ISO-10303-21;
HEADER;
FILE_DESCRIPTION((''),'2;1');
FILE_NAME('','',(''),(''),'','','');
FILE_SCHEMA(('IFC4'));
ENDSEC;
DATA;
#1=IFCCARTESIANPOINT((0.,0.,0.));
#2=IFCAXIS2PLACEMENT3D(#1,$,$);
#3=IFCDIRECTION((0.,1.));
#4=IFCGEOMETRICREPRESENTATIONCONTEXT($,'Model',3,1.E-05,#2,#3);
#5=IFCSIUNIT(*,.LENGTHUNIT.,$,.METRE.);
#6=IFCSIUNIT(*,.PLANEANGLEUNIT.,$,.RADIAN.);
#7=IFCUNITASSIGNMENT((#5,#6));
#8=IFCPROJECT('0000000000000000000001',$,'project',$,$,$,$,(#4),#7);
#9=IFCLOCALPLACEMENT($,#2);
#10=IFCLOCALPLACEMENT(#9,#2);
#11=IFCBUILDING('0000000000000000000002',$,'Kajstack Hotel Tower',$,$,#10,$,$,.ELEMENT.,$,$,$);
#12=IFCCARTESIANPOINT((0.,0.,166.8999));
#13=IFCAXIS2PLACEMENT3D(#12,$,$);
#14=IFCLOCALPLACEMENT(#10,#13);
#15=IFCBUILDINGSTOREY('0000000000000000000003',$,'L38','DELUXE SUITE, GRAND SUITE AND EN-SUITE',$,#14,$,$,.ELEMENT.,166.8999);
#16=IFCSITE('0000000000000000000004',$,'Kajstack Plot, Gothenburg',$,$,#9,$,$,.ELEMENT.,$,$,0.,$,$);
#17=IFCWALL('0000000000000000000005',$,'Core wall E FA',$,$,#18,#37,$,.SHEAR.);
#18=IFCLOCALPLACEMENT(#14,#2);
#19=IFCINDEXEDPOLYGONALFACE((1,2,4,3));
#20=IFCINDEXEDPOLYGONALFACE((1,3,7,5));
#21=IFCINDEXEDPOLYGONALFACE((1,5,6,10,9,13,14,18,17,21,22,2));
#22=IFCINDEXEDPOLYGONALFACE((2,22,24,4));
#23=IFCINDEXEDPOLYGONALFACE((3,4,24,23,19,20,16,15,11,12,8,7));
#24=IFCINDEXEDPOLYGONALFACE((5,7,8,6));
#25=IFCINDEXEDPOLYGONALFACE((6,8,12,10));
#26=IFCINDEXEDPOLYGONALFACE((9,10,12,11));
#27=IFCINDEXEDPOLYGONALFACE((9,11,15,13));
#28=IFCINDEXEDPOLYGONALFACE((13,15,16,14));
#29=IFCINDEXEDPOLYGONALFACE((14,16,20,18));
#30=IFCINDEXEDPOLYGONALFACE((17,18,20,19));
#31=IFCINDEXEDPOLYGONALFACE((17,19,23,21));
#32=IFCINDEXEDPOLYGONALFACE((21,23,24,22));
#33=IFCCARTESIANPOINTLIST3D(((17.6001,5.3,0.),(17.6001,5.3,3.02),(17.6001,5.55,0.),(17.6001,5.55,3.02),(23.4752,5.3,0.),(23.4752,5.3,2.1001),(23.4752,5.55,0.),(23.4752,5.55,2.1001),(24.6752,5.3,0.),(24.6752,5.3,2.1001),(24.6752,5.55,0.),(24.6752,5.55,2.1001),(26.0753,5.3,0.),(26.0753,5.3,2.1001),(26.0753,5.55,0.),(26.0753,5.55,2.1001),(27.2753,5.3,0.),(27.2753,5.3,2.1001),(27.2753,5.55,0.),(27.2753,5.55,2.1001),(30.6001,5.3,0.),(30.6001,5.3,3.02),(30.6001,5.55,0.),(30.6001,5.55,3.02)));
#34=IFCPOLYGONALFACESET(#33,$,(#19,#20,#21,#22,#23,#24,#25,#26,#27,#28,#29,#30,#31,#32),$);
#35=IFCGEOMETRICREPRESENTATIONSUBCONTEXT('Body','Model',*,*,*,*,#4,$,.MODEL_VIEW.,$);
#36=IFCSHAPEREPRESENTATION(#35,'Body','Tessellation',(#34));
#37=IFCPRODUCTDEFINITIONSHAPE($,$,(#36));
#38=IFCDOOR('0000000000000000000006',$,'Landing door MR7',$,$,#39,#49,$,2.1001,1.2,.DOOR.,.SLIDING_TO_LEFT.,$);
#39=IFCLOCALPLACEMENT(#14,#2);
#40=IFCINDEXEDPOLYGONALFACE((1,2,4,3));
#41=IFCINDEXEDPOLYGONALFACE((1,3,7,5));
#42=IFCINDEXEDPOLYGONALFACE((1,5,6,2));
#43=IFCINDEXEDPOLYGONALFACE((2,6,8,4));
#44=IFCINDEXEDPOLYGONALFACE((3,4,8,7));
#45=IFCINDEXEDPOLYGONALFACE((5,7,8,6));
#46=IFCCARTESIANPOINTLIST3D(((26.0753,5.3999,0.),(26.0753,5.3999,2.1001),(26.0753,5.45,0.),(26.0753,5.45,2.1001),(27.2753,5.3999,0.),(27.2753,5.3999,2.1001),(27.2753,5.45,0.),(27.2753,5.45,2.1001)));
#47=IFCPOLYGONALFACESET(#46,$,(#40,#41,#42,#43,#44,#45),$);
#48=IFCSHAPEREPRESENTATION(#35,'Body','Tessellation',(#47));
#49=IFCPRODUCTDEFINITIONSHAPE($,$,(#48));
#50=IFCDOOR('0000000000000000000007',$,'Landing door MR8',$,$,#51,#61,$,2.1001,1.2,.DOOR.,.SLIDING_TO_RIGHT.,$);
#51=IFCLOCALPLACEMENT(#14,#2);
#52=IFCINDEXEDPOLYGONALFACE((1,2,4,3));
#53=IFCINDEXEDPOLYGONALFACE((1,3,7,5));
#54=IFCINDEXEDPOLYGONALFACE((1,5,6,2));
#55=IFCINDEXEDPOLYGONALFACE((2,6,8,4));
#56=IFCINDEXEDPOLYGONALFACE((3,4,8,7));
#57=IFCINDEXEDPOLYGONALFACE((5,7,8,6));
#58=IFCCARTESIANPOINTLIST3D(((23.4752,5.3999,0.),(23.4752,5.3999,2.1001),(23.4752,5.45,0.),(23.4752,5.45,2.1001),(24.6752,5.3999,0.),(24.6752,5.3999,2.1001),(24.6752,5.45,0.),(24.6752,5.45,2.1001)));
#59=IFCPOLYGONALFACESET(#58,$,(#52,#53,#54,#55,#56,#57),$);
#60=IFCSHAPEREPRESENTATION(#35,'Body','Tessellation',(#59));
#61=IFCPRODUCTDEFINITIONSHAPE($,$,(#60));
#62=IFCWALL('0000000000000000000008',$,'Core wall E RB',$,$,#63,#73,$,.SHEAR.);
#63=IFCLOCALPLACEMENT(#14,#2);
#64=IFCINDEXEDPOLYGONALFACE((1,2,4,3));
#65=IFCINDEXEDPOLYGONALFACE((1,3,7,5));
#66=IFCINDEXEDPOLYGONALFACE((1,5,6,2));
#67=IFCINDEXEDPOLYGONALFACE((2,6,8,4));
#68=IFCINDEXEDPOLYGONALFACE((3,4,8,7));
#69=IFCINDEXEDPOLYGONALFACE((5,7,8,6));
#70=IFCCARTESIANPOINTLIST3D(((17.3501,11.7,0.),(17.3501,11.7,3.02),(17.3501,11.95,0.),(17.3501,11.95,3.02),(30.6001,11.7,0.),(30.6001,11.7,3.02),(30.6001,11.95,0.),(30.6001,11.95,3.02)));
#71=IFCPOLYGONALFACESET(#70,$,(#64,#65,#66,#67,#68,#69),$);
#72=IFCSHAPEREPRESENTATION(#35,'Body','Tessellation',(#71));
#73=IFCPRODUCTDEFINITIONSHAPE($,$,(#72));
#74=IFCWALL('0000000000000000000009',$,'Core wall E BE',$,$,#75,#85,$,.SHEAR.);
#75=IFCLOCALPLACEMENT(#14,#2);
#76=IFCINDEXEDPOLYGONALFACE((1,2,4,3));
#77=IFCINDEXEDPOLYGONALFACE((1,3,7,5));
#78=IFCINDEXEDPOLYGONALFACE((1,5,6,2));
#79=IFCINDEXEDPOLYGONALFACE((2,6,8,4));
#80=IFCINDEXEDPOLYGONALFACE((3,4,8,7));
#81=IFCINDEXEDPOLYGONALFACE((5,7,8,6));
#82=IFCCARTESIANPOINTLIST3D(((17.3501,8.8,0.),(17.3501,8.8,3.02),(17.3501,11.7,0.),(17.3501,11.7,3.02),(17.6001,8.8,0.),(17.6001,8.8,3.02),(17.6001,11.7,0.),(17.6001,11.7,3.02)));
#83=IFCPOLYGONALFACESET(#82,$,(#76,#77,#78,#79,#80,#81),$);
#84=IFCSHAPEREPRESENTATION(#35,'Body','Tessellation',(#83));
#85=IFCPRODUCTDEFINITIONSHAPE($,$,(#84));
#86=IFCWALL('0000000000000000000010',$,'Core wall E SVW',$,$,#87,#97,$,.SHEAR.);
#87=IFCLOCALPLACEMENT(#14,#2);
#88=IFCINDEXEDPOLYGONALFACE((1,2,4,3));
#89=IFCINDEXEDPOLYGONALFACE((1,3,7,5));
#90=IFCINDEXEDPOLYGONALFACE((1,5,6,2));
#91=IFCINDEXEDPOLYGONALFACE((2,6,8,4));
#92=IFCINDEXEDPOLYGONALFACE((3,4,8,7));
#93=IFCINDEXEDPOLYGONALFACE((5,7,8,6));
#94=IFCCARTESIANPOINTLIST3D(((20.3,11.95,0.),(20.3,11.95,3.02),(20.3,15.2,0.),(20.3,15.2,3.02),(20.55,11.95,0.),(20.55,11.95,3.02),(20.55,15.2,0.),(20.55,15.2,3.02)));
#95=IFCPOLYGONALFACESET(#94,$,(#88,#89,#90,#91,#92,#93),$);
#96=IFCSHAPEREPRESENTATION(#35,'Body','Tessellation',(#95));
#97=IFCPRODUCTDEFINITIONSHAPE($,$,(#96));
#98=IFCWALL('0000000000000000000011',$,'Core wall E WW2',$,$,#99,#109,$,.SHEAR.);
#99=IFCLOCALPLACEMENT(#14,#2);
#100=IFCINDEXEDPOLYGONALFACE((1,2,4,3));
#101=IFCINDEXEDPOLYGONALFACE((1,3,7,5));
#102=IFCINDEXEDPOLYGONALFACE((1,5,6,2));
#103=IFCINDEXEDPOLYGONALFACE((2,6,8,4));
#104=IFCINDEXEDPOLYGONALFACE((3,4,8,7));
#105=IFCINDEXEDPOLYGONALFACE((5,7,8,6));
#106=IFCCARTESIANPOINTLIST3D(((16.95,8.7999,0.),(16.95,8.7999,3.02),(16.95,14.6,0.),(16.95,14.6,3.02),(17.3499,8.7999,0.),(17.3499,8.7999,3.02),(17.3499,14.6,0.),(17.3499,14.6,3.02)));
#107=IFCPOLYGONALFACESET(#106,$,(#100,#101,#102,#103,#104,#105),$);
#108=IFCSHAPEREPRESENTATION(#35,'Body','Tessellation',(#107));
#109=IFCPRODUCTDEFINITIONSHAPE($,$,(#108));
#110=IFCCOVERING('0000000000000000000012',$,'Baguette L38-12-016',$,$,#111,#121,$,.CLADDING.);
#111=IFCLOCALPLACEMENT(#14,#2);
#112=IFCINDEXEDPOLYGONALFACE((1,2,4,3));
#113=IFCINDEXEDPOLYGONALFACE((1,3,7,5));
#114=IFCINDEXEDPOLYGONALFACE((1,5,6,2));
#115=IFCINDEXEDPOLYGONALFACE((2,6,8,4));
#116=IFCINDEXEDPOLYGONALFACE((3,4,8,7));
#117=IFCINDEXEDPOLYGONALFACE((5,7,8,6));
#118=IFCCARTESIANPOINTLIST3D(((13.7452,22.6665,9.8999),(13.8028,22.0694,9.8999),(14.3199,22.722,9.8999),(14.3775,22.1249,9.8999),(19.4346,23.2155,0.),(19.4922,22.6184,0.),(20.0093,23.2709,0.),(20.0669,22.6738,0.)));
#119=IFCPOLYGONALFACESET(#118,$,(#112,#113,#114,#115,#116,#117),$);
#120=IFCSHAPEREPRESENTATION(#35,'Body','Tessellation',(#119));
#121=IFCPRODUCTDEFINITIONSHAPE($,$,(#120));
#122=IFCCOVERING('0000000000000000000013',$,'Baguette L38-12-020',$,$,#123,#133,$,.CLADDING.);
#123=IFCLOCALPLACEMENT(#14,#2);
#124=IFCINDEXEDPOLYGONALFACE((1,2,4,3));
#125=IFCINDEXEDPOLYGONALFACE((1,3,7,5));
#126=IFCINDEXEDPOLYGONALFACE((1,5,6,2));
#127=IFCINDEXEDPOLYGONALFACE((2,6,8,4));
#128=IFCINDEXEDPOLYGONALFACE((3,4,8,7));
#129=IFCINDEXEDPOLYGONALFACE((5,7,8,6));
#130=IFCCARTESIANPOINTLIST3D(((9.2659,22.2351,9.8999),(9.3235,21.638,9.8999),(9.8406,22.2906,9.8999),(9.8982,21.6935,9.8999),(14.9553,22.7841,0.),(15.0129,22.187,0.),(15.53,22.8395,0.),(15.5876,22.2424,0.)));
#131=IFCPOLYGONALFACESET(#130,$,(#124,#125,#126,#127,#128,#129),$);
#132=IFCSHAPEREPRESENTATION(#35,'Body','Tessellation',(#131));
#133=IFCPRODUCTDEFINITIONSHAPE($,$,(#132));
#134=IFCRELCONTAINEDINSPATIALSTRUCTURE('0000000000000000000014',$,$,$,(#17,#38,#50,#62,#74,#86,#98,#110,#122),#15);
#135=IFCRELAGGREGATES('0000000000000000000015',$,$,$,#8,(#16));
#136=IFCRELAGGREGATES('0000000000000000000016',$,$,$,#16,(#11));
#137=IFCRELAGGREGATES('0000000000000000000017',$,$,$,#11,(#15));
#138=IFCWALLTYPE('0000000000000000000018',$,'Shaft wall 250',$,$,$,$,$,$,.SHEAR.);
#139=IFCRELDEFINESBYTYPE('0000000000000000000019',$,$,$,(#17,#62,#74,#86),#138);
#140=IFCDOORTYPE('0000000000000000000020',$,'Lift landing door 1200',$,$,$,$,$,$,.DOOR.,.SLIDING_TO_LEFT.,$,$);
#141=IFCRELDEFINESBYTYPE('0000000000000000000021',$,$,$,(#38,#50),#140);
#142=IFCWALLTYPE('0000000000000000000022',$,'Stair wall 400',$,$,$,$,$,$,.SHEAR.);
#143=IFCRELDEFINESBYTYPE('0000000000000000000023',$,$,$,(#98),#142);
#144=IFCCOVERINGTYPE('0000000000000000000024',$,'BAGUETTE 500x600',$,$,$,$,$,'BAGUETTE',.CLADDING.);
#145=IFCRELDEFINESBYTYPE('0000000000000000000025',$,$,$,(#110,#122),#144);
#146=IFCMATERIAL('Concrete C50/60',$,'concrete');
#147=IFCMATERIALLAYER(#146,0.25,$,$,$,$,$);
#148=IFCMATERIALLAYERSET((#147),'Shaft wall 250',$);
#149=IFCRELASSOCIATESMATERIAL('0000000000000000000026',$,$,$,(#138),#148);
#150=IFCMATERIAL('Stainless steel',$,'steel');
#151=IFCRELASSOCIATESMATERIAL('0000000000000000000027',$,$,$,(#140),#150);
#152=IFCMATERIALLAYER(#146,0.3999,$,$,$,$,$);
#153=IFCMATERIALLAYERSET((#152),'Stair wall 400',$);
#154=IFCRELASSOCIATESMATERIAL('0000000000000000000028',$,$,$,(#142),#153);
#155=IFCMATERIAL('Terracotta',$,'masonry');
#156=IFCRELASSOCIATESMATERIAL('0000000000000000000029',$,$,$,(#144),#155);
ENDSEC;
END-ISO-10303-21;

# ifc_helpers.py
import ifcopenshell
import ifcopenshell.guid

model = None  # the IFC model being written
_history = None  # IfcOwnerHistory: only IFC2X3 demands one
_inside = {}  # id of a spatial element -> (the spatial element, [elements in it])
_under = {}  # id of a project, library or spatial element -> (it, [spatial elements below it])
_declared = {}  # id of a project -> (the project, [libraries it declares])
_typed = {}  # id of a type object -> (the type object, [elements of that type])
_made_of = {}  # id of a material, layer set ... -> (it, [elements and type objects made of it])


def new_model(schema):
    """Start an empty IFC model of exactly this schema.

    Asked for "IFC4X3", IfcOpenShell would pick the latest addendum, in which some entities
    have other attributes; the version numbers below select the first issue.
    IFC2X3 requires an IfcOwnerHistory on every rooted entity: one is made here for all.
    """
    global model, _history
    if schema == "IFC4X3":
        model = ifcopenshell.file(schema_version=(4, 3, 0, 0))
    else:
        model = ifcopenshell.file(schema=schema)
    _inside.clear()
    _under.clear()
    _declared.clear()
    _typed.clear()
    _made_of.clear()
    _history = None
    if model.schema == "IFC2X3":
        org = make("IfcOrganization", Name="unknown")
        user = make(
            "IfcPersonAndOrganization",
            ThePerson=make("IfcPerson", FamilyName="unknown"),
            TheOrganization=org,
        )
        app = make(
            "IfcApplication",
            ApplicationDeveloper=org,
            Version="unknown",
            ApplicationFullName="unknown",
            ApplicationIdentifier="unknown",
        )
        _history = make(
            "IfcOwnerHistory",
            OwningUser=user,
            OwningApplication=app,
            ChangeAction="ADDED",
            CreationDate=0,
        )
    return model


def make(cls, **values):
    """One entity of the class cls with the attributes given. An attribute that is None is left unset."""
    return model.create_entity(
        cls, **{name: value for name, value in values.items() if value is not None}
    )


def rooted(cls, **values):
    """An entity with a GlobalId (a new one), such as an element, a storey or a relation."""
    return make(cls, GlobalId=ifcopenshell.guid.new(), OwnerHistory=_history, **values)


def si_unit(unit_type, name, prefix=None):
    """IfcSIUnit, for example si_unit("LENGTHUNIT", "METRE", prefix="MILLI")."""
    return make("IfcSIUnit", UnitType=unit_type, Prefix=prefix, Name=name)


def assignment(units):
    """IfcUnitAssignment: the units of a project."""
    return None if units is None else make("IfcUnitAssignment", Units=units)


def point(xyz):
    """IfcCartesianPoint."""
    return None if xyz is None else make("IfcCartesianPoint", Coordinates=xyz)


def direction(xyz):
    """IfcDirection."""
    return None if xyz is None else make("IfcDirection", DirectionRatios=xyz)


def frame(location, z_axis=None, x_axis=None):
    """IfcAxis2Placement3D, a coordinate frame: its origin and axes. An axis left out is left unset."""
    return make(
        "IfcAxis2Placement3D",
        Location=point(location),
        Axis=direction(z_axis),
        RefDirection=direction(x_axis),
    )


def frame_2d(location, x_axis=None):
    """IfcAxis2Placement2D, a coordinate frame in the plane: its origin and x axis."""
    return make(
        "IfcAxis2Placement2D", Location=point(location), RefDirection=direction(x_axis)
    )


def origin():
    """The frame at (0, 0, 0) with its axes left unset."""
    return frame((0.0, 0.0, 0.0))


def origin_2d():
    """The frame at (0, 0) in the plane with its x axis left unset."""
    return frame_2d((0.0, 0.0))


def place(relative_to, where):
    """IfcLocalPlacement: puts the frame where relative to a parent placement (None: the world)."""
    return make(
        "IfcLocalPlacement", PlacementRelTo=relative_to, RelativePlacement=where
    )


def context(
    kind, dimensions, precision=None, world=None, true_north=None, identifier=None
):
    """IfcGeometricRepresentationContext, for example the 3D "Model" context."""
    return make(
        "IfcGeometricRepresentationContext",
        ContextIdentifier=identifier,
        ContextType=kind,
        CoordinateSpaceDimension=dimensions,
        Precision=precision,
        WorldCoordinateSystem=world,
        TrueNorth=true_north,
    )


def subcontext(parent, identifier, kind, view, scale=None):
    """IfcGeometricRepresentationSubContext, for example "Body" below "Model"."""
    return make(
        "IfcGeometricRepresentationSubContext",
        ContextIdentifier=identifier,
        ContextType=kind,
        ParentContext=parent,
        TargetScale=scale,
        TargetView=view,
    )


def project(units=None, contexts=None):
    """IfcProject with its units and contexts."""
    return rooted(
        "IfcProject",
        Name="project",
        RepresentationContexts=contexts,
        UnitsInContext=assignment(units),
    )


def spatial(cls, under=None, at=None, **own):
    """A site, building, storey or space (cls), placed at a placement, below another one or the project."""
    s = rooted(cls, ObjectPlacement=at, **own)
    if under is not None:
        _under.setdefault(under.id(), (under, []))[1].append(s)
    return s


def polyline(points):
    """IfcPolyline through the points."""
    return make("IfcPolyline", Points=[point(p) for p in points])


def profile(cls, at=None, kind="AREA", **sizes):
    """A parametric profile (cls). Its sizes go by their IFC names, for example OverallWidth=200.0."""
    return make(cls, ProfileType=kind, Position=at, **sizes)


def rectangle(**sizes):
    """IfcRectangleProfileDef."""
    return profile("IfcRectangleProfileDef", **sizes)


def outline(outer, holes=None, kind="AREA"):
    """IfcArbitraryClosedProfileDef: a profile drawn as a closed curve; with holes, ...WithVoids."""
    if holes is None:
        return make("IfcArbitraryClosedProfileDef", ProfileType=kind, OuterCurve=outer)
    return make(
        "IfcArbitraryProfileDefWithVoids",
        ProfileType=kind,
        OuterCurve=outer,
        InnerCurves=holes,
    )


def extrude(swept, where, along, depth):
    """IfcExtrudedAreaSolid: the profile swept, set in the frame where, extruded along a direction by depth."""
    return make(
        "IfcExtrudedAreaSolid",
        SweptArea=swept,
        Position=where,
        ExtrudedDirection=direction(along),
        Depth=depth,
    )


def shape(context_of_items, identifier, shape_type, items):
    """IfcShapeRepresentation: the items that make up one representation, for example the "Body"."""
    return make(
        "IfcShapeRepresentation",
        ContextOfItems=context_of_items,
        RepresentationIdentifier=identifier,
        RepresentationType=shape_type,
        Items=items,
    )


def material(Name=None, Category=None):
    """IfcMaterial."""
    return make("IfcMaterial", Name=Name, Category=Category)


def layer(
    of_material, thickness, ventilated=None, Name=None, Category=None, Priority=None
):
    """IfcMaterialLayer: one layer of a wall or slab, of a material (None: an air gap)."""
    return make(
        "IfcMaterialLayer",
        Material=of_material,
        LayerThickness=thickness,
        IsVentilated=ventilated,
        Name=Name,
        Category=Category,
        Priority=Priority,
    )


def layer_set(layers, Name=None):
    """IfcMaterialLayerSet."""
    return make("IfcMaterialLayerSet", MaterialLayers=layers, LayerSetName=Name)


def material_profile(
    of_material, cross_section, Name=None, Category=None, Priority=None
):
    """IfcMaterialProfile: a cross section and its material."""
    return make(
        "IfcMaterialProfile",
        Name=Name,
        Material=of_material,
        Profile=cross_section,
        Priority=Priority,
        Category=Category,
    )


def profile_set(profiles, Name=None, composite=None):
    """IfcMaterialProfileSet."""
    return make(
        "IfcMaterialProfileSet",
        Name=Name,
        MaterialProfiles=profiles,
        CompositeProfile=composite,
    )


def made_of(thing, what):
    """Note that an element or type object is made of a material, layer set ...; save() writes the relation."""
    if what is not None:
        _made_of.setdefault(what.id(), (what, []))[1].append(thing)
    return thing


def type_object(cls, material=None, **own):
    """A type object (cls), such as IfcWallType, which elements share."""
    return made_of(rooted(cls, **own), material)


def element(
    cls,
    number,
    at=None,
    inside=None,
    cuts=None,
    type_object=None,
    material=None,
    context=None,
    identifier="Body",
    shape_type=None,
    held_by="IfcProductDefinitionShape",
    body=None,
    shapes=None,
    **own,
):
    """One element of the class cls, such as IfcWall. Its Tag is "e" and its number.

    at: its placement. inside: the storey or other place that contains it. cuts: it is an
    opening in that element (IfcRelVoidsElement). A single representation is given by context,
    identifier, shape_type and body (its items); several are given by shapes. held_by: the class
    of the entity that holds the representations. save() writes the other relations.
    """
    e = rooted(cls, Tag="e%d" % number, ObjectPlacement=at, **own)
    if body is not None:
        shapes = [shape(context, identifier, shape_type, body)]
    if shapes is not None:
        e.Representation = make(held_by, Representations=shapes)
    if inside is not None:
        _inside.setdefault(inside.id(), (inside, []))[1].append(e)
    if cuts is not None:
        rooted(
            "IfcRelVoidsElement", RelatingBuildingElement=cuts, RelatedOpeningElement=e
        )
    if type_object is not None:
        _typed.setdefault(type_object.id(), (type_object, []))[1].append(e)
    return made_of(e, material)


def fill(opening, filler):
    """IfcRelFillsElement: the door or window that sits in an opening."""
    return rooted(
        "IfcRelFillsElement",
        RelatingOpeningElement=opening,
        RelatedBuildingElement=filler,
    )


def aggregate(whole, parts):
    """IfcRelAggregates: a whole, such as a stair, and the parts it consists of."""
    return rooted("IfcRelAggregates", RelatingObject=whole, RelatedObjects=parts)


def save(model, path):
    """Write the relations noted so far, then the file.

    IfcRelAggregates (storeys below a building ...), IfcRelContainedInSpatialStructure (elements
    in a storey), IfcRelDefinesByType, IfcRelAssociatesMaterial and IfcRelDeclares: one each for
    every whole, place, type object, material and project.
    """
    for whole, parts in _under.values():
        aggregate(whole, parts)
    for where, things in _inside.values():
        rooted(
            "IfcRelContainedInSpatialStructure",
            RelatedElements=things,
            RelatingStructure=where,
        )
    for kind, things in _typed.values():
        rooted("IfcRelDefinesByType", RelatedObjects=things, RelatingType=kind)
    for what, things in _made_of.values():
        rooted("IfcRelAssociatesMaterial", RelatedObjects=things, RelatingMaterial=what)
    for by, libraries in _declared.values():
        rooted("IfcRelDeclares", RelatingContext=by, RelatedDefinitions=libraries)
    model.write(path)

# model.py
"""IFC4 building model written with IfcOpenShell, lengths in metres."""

from ifc_helpers import new_model, si_unit, direction, frame, frame_2d, origin, origin_2d, place, context, subcontext, project, spatial, polyline, rectangle, outline, extrude, material, layer, layer_set, material_profile, profile_set, type_object, element, fill, save


model = new_model("IFC4")

# Units and contexts
model_context = context("Model", 3, precision=1e-05, world=origin(), true_north=direction((0.0, 1.0)))
body_context = subcontext(model_context, "Body", "Model", "MODEL_VIEW")
ifc_project = project(units=[si_unit("LENGTHUNIT", "METRE"), si_unit("PLANEANGLEUNIT", "RADIAN")], contexts=[model_context])

# Site, building, storey
site_placement = place(None, origin())
site = spatial("IfcSite", under=ifc_project, at=site_placement, Name="Kajstack Plot, Gothenburg", CompositionType="ELEMENT", RefElevation=0.0)
building_placement = place(site_placement, origin())
building = spatial("IfcBuilding", under=site, at=building_placement, Name="Kajstack Hotel Tower", CompositionType="ELEMENT")
storey_placement = place(building_placement, frame((0.0, 0.0, 166.8999)))
storey = spatial("IfcBuildingStorey", under=building, at=storey_placement, Name="L38", Description="DELUXE SUITE, GRAND SUITE AND EN-SUITE", CompositionType="ELEMENT", Elevation=166.8999)

# Shared definitions
ifc_material_1 = material(Name="Concrete C50/60", Category="concrete")

# Wall, openings, doors
ifc_layer_1 = layer(ifc_material_1, 0.25)
ifc_layer_set_1 = layer_set([ifc_layer_1], Name="Shaft wall 250")
wall_type_1 = type_object("IfcWallType", Name="Shaft wall 250", PredefinedType="SHEAR", material=ifc_layer_set_1)
wall_1_placement = place(storey_placement, frame((17.6001, 5.425, 0.0), z_axis=(0.0, 0.0, 1.0), x_axis=(1.0, 0.0, 0.0)))
wall_1 = element("IfcWall", 1, at=wall_1_placement, inside=storey, type_object=wall_type_1, Name="Core wall E FA", PredefinedType="SHEAR", context=body_context, shape_type="SweptSolid", body=[
    extrude(rectangle(XDim=13.0, YDim=0.25, at=frame_2d((6.5, 0.0))), origin(), (0.0, 0.0, 1.0), 3.02),
])
opening_1_placement = place(wall_1_placement, frame((8.4751, 0.0, 0.0)))
opening_1 = element("IfcOpeningElement", 2, at=opening_1_placement, cuts=wall_1, PredefinedType="OPENING", context=body_context, shape_type="SweptSolid", body=[
    extrude(rectangle(XDim=1.2, YDim=2.1001, at=frame_2d((0.6001, 1.05))), frame((0.0, 0.135, 0.0), z_axis=(0.0, -1.0, 0.0), x_axis=(1.0, 0.0, 0.0)), (0.0, 0.0, 1.0), 0.27),
])
opening_2_placement = place(wall_1_placement, frame((5.875, 0.0, 0.0)))
opening_2 = element("IfcOpeningElement", 3, at=opening_2_placement, cuts=wall_1, PredefinedType="OPENING", context=body_context, shape_type="SweptSolid", body=[
    extrude(rectangle(XDim=1.2, YDim=2.1001, at=frame_2d((0.6001, 1.05))), frame((0.0, 0.135, 0.0), z_axis=(0.0, -1.0, 0.0), x_axis=(1.0, 0.0, 0.0)), (0.0, 0.0, 1.0), 0.27),
])
ifc_material_2 = material(Name="Stainless steel", Category="steel")
door_type_1 = type_object("IfcDoorType", Name="Lift landing door 1200", OperationType="SLIDING_TO_LEFT", PredefinedType="DOOR", material=ifc_material_2)
door_1_placement = place(opening_1_placement, origin())
door_1 = element("IfcDoor", 4, at=door_1_placement, inside=storey, type_object=door_type_1, Name="Landing door MR7", OperationType="SLIDING_TO_LEFT", OverallHeight=2.1001, OverallWidth=1.2, PredefinedType="DOOR", context=body_context, shape_type="SweptSolid", body=[
    extrude(rectangle(XDim=1.2, YDim=2.1001, at=frame_2d((0.6001, 1.05))), frame((0.0, 0.0249, 0.0), z_axis=(0.0, -1.0, 0.0), x_axis=(1.0, 0.0, 0.0)), (0.0, 0.0, 1.0), 0.05),
])
fill(opening_1, door_1)
door_2_placement = place(opening_2_placement, origin())
door_2 = element("IfcDoor", 5, at=door_2_placement, inside=storey, type_object=door_type_1, Name="Landing door MR8", OperationType="SLIDING_TO_RIGHT", OverallHeight=2.1001, OverallWidth=1.2, PredefinedType="DOOR", context=body_context, shape_type="SweptSolid", body=[
    extrude(rectangle(XDim=1.2, YDim=2.1001, at=frame_2d((0.6001, 1.05))), frame((0.0, 0.0249, 0.0), z_axis=(0.0, -1.0, 0.0), x_axis=(1.0, 0.0, 0.0)), (0.0, 0.0, 1.0), 0.05),
])
fill(opening_2, door_2)

# Walls
wall_2_placement = place(storey_placement, frame((17.3501, 11.825, 0.0), z_axis=(0.0, 0.0, 1.0), x_axis=(1.0, 0.0, 0.0)))
element("IfcWall", 6, at=wall_2_placement, inside=storey, type_object=wall_type_1, Name="Core wall E RB", PredefinedType="SHEAR", context=body_context, shape_type="SweptSolid", body=[
    extrude(rectangle(XDim=13.25, YDim=0.25, at=frame_2d((6.625, 0.0))), origin(), (0.0, 0.0, 1.0), 3.02),
])
wall_3_placement = place(storey_placement, frame((17.4751, 8.8, 0.0), z_axis=(0.0, 0.0, 1.0), x_axis=(0.0, 1.0, 0.0)))
element("IfcWall", 7, at=wall_3_placement, inside=storey, type_object=wall_type_1, Name="Core wall E BE", PredefinedType="SHEAR", context=body_context, shape_type="SweptSolid", body=[
    extrude(rectangle(XDim=2.8999, YDim=0.25, at=frame_2d((1.45, 0.0))), origin(), (0.0, 0.0, 1.0), 3.02),
])
wall_4_placement = place(storey_placement, frame((20.425, 11.95, 0.0), z_axis=(0.0, 0.0, 1.0), x_axis=(0.0, 1.0, 0.0)))
element("IfcWall", 8, at=wall_4_placement, inside=storey, type_object=wall_type_1, Name="Core wall E SVW", PredefinedType="SHEAR", context=body_context, shape_type="SweptSolid", body=[
    extrude(rectangle(XDim=3.25, YDim=0.25, at=frame_2d((1.625, 0.0))), origin(), (0.0, 0.0, 1.0), 3.02),
])
ifc_layer_2 = layer(ifc_material_1, 0.3999)
ifc_layer_set_2 = layer_set([ifc_layer_2], Name="Stair wall 400")
wall_type_2 = type_object("IfcWallType", Name="Stair wall 400", PredefinedType="SHEAR", material=ifc_layer_set_2)
wall_5_placement = place(storey_placement, frame((17.1499, 8.8, 0.0), z_axis=(0.0, 0.0, 1.0), x_axis=(0.0, 1.0, 0.0)))
element("IfcWall", 9, at=wall_5_placement, inside=storey, type_object=wall_type_2, Name="Core wall E WW2", PredefinedType="SHEAR", context=body_context, shape_type="SweptSolid", body=[
    extrude(rectangle(XDim=5.8, YDim=0.3999, at=frame_2d((2.8999, 0.0))), origin(), (0.0, 0.0, 1.0), 3.02),
])

# Coverings
ifc_material_3 = material(Name="Terracotta", Category="masonry")
ifc_material_profile = material_profile(ifc_material_3, rectangle(XDim=0.6001, YDim=0.5, at=origin_2d()), Name="Terracotta-clad concrete baguette 500 x 600")
ifc_profile_set = profile_set([ifc_material_profile], Name="Terracotta")
covering_type = type_object("IfcCoveringType", Name="BAGUETTE 500x600", ElementType="BAGUETTE", PredefinedType="CLADDING", material=ifc_profile_set)
for number, where, z_axis, x_axis, name in (
    (10, (20.0669, 22.6738, 0.0), (-0.096038, 0.995378, 0.0), (-0.995378, -0.096038, 0.0), "Baguette L38-12-016"),
    (11, (15.5876, 22.2424, 0.0), (-0.096038, 0.995378, 0.0), (-0.995378, -0.096038, 0.0), "Baguette L38-12-020"),
):
    element("IfcCovering", number, at=place(storey_placement, frame(where, z_axis=z_axis, x_axis=x_axis)), inside=storey, type_object=covering_type, Name=name, PredefinedType="CLADDING", context=body_context, shape_type="SweptSolid", body=[
        extrude(outline(polyline([(5.7158, 9.8999), (0.0, 0.0), (0.5774, 0.0), (6.2932, 9.8999), (5.7158, 9.8999)])), origin(), (0.0, 0.0, 1.0), 0.5999),
    ])

save(model, "model.ifc")
